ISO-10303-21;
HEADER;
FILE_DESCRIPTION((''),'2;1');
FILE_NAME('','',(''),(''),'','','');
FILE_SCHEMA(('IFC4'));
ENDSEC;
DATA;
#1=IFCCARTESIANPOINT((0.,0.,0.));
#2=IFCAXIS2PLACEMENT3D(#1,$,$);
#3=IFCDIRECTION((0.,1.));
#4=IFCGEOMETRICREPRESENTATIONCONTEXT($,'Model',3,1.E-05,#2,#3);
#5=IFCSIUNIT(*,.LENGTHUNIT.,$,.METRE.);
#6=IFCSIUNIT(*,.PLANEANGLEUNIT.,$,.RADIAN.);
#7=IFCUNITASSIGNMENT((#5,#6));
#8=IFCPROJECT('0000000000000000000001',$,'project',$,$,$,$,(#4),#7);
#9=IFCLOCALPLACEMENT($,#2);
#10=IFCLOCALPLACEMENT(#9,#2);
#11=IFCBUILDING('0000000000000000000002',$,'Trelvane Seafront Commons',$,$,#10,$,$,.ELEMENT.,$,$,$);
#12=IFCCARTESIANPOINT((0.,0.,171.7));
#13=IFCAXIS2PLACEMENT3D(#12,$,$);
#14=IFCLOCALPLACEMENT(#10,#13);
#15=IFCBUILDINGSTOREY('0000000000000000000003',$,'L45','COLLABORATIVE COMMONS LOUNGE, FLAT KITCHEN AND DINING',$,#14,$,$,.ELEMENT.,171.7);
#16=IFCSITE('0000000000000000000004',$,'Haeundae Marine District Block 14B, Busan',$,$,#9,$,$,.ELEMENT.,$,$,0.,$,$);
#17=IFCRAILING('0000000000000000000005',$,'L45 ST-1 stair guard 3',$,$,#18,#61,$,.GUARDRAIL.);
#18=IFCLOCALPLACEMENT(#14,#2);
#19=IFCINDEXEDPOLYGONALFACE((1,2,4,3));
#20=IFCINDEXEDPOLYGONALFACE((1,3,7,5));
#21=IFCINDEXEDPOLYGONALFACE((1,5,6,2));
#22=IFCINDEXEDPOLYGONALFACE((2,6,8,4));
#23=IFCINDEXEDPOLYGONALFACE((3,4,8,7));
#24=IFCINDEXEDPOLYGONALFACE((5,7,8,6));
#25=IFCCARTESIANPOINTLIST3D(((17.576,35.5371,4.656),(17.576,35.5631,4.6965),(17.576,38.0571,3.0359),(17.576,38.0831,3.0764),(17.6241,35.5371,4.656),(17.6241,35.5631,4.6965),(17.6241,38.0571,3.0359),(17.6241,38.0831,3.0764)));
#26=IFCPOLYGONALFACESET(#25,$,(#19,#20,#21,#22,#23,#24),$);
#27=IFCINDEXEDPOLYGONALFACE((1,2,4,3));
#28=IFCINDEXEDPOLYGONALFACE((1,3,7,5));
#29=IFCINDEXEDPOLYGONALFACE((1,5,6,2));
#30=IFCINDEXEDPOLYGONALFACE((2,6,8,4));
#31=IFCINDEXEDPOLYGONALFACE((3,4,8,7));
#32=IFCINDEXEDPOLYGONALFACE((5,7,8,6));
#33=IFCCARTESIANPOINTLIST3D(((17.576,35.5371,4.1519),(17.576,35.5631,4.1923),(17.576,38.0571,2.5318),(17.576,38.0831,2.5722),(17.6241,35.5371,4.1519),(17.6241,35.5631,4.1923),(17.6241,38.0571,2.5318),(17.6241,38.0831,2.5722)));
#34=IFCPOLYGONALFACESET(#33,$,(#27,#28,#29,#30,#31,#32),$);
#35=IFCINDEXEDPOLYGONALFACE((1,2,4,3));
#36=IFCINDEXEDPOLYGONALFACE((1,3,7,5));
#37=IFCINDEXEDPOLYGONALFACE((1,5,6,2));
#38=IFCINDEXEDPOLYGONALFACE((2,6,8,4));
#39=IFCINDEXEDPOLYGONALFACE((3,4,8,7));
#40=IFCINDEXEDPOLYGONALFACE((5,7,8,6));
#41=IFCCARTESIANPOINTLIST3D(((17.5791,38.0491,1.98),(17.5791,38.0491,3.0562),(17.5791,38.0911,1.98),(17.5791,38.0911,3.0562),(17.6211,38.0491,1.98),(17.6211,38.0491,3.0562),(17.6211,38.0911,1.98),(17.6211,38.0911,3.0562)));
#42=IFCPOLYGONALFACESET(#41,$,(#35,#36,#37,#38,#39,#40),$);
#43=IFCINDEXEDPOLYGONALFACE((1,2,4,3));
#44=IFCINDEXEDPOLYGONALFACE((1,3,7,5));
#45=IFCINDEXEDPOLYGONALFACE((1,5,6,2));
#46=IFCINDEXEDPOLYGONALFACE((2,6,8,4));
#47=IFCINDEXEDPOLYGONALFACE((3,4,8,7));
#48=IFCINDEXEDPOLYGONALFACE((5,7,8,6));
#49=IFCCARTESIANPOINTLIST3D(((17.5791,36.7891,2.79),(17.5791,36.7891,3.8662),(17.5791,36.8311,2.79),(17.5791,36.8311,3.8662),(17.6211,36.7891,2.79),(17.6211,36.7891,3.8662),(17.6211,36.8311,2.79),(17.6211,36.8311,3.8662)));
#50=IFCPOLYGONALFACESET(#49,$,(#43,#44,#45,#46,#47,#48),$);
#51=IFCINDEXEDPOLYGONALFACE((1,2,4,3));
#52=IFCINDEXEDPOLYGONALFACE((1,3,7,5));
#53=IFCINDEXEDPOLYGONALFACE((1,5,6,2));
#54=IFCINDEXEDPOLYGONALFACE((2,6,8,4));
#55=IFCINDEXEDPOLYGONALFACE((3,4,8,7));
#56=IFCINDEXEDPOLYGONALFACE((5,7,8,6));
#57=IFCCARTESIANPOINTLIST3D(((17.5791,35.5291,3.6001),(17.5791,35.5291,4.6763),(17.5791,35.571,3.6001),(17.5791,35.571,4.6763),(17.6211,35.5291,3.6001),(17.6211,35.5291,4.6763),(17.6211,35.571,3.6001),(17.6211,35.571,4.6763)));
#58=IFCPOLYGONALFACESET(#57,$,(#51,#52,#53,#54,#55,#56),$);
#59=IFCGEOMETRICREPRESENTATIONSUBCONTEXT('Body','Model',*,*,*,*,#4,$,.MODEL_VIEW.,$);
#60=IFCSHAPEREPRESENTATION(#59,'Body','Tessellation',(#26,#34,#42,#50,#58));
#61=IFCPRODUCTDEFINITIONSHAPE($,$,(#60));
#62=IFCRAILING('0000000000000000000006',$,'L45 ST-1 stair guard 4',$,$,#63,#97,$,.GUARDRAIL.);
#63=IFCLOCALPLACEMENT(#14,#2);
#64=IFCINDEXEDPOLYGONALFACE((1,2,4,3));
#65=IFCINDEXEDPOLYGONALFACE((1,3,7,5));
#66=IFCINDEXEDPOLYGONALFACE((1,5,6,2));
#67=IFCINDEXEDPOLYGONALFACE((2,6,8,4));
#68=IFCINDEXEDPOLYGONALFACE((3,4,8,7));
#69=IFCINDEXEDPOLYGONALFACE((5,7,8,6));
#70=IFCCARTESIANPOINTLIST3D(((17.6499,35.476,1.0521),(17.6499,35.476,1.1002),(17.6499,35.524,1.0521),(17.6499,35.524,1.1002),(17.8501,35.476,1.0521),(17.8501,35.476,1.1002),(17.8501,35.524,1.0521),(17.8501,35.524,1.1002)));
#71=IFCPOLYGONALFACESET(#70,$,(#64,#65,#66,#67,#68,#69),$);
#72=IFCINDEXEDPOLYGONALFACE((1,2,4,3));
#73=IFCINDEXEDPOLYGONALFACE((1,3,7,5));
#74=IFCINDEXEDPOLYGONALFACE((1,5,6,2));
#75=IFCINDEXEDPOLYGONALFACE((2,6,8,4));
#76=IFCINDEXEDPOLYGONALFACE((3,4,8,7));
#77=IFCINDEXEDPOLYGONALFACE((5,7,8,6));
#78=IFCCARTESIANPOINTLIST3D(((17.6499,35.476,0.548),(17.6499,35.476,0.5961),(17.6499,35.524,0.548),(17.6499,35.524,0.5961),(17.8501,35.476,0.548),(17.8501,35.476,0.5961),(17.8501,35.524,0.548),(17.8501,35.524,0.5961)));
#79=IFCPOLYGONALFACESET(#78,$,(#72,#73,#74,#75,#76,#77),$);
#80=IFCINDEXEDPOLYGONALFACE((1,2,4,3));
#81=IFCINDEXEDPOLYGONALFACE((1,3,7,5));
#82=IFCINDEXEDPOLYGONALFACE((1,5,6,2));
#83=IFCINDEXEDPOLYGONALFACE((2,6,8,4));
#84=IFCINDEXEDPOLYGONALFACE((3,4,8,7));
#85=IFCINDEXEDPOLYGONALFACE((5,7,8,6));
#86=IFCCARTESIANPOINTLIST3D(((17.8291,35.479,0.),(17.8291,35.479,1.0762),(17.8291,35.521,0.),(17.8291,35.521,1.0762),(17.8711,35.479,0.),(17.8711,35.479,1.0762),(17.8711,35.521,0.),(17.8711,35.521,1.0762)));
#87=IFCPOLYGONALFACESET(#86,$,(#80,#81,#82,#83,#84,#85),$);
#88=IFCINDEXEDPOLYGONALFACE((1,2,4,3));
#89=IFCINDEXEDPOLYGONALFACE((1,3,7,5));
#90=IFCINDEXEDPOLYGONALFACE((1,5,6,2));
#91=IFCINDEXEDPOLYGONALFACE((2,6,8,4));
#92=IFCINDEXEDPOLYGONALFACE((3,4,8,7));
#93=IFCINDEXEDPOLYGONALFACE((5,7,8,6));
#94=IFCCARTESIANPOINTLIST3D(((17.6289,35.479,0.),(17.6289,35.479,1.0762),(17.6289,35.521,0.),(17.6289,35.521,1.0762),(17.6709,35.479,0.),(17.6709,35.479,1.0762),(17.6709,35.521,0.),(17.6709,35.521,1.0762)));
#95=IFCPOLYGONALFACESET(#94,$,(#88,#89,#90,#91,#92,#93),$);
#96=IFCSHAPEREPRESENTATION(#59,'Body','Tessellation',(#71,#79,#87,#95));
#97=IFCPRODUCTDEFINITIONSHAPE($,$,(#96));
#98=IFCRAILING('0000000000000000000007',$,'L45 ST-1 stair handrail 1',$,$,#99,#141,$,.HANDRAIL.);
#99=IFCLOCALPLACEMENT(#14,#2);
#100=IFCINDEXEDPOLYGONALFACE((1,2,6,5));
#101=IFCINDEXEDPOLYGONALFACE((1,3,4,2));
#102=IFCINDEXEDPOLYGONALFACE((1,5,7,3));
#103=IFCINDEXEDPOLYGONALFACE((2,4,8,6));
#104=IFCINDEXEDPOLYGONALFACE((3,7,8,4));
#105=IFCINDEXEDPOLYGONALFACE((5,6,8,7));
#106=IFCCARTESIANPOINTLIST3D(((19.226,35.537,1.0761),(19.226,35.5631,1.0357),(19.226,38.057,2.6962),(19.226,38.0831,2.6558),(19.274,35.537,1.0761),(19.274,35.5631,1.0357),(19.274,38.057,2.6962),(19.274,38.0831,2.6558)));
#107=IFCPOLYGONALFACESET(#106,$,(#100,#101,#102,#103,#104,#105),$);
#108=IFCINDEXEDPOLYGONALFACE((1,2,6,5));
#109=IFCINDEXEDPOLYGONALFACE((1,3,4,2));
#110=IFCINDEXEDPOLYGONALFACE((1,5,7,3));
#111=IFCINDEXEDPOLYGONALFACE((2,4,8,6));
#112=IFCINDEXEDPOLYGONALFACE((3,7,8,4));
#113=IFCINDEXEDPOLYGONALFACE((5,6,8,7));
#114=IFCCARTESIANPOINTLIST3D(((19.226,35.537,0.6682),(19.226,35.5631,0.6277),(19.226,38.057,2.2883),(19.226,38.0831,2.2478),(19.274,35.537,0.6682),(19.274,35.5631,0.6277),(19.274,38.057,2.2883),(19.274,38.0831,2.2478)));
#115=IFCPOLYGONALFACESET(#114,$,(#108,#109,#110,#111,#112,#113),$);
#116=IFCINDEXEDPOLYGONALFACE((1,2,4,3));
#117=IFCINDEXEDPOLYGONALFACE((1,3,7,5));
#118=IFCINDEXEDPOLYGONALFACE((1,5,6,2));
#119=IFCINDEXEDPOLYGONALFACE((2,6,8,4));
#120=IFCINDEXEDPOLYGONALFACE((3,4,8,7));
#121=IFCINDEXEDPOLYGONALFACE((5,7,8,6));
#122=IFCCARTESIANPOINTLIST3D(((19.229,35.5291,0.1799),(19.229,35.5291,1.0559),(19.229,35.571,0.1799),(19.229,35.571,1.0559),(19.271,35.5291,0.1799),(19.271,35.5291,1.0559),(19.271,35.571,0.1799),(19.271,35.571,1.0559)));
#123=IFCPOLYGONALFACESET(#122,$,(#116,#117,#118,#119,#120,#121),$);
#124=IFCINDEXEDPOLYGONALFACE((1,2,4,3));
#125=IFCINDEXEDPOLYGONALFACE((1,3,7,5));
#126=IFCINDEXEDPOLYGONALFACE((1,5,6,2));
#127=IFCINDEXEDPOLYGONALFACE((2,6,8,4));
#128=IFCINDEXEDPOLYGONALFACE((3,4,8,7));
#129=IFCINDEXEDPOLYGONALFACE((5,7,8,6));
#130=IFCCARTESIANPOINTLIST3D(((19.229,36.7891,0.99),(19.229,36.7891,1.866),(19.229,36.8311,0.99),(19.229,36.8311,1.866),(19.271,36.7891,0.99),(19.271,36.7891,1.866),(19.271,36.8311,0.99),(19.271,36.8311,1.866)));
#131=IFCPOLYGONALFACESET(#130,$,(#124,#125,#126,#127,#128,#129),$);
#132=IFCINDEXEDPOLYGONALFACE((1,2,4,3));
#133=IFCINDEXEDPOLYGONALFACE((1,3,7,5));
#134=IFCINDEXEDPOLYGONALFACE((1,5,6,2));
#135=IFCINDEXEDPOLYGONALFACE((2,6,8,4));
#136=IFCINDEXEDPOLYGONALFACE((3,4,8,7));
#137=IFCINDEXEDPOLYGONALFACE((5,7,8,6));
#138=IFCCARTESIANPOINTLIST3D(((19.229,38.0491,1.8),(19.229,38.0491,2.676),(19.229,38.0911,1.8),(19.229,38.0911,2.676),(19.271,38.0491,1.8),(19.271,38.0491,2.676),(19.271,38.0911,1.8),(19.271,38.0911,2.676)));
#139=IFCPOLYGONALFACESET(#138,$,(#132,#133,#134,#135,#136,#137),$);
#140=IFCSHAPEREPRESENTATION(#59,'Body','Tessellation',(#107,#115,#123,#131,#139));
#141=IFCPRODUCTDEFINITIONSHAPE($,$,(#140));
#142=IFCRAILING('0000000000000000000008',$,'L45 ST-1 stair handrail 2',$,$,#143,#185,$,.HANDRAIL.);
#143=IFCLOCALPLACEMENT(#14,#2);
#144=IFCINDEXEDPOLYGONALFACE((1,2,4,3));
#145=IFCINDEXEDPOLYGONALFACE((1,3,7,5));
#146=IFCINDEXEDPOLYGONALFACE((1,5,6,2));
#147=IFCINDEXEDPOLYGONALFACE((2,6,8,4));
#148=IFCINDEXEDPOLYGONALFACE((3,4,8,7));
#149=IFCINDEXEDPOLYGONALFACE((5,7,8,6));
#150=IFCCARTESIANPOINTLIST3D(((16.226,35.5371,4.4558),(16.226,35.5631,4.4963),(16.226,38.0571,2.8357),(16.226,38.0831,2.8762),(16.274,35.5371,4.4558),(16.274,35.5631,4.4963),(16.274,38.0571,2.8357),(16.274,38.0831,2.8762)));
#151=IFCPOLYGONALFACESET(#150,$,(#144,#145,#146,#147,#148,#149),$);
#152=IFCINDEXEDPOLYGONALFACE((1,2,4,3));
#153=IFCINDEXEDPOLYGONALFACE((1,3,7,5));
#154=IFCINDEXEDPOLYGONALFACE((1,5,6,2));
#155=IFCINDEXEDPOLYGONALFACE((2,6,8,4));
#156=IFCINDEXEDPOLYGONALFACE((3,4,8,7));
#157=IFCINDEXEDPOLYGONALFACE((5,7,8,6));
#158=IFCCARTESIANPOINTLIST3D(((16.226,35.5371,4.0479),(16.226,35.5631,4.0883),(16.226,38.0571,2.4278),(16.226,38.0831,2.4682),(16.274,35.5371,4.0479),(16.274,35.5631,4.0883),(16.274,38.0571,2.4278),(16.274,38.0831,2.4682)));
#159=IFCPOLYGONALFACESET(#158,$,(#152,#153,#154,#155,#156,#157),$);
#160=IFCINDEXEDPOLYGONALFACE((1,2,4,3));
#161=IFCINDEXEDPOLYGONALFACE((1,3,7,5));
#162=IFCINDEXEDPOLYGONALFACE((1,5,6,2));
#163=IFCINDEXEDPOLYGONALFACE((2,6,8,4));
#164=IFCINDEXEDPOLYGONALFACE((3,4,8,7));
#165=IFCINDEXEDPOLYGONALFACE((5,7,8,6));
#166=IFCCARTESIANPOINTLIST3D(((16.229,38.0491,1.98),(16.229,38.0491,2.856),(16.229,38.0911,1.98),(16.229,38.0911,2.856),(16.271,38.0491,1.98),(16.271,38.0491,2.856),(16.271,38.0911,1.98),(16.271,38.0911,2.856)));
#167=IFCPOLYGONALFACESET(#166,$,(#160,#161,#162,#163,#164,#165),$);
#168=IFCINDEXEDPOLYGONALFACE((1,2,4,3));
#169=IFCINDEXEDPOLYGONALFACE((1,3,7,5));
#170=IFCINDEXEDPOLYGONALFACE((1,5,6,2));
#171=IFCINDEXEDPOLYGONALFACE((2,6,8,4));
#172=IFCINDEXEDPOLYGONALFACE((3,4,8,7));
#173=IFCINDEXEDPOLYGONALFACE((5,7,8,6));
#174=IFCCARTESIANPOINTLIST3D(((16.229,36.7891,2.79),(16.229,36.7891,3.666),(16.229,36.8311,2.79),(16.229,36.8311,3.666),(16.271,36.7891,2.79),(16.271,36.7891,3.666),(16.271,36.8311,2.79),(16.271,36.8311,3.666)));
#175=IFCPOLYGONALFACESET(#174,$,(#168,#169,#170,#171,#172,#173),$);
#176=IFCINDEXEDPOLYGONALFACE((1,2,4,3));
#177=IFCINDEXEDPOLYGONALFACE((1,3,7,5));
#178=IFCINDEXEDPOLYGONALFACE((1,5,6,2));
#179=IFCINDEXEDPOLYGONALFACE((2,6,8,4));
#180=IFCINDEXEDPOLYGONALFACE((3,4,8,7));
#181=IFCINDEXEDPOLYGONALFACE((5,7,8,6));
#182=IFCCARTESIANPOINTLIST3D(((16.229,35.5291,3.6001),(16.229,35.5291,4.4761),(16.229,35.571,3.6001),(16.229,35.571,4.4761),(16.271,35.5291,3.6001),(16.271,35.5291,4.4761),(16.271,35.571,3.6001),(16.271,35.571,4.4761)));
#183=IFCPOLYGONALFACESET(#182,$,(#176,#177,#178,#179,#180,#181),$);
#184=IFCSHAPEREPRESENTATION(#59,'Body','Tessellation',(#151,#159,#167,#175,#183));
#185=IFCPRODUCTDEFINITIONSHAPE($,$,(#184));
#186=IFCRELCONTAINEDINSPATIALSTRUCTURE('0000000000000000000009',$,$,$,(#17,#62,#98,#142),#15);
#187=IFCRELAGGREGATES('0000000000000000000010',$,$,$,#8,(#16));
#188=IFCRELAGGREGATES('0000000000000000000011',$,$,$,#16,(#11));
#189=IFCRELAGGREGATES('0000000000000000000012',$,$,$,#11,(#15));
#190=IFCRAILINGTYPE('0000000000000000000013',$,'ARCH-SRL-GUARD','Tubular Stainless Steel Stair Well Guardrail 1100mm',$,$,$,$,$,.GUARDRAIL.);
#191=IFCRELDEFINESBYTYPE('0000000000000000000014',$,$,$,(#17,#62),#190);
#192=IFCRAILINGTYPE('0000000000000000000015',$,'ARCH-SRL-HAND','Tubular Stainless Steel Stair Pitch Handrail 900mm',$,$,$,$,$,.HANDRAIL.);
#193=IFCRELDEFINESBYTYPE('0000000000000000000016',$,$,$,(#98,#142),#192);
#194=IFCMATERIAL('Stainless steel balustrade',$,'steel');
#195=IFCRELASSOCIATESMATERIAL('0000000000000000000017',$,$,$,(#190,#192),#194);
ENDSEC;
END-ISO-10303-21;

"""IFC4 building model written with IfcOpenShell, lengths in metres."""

from ifc_helpers import new_model, si_unit, direction, frame, origin, origin_2d, place, context, subcontext, project, spatial, rectangle, extrude, material, type_object, element, save


model = new_model("IFC4")

# Units and contexts
model_context = context("Model", 3, precision=1e-05, world=origin(), true_north=direction((0.0, 1.0)))
body_context = subcontext(model_context, "Body", "Model", "MODEL_VIEW")
ifc_project = project(units=[si_unit("LENGTHUNIT", "METRE"), si_unit("PLANEANGLEUNIT", "RADIAN")], contexts=[model_context])

# Site, building, storey
site_placement = place(None, origin())
site = spatial("IfcSite", under=ifc_project, at=site_placement, Name="Haeundae Marine District Block 14B, Busan", CompositionType="ELEMENT", RefElevation=0.0)
building_placement = place(site_placement, origin())
building = spatial("IfcBuilding", under=site, at=building_placement, Name="Trelvane Seafront Commons", CompositionType="ELEMENT")
storey_placement = place(building_placement, frame((0.0, 0.0, 171.7)))
storey = spatial("IfcBuildingStorey", under=building, at=storey_placement, Name="L45", Description="COLLABORATIVE COMMONS LOUNGE, FLAT KITCHEN AND DINING", CompositionType="ELEMENT", Elevation=171.7)

# Shared definitions
ifc_material_1 = material(Name="Stainless steel balustrade", Category="steel")

# Railings
railing_type_1 = type_object("IfcRailingType", Name="ARCH-SRL-GUARD", Description="Tubular Stainless Steel Stair Well Guardrail 1100mm", PredefinedType="GUARDRAIL", material=ifc_material_1)
railing_1_placement = place(storey_placement, frame((17.6001, 38.0701, 1.98)))
element("IfcRailing", 1, at=railing_1_placement, inside=storey, type_object=railing_type_1, Name="L45 ST-1 stair guard 3", PredefinedType="GUARDRAIL", context=body_context, shape_type="SweptSolid", body=[
    extrude(rectangle(XDim=0.0481, YDim=0.0481, at=origin_2d()), frame((0.0, 0.0, 1.0762), z_axis=(0.0, -0.841163, 0.540782), x_axis=(1.0, 0.0, 0.0)), (0.0, 0.0, 1.0), 2.9958),
    extrude(rectangle(XDim=0.0481, YDim=0.0481, at=origin_2d()), frame((0.0, 0.0, 0.572), z_axis=(0.0, -0.841163, 0.540782), x_axis=(1.0, 0.0, 0.0)), (0.0, 0.0, 1.0), 2.9958),
    extrude(rectangle(XDim=0.042, YDim=0.042, at=origin_2d()), origin(), (0.0, 0.0, 1.0), 1.0762),
    extrude(rectangle(XDim=0.042, YDim=0.042, at=origin_2d()), frame((0.0, -1.26, 0.8101)), (0.0, 0.0, 1.0), 1.0762),
    extrude(rectangle(XDim=0.042, YDim=0.042, at=origin_2d()), frame((0.0, -2.52, 1.6201)), (0.0, 0.0, 1.0), 1.0762),
])
railing_2_placement = place(storey_placement, frame((17.8501, 35.5, 0.0)))
element("IfcRailing", 2, at=railing_2_placement, inside=storey, type_object=railing_type_1, Name="L45 ST-1 stair guard 4", PredefinedType="GUARDRAIL", context=body_context, shape_type="SweptSolid", body=[
    extrude(rectangle(XDim=0.0481, YDim=0.0481, at=origin_2d()), frame((0.0, 0.0, 1.0762), z_axis=(-1.0, 0.0, 0.0), x_axis=(0.0, -1.0, 0.0)), (0.0, 0.0, 1.0), 0.2002),
    extrude(rectangle(XDim=0.0481, YDim=0.0481, at=origin_2d()), frame((0.0, 0.0, 0.572), z_axis=(-1.0, 0.0, 0.0), x_axis=(0.0, -1.0, 0.0)), (0.0, 0.0, 1.0), 0.2002),
    extrude(rectangle(XDim=0.042, YDim=0.042, at=origin_2d()), origin(), (0.0, 0.0, 1.0), 1.0762),
    extrude(rectangle(XDim=0.042, YDim=0.042, at=origin_2d()), frame((-0.2002, 0.0, 0.0)), (0.0, 0.0, 1.0), 1.0762),
])
railing_type_2 = type_object("IfcRailingType", Name="ARCH-SRL-HAND", Description="Tubular Stainless Steel Stair Pitch Handrail 900mm", PredefinedType="HANDRAIL", material=ifc_material_1)
railing_3_placement = place(storey_placement, frame((19.25, 35.55, 0.1799)))
element("IfcRailing", 3, at=railing_3_placement, inside=storey, type_object=railing_type_2, Name="L45 ST-1 stair handrail 1", PredefinedType="HANDRAIL", context=body_context, shape_type="SweptSolid", body=[
    extrude(rectangle(XDim=0.0481, YDim=0.0481, at=origin_2d()), frame((0.0, 0.0, 0.876), z_axis=(0.0, 0.841163, 0.540782), x_axis=(-1.0, 0.0, 0.0)), (0.0, 0.0, 1.0), 2.9958),
    extrude(rectangle(XDim=0.0481, YDim=0.0481, at=origin_2d()), frame((0.0, 0.0, 0.468), z_axis=(0.0, 0.841163, 0.540782), x_axis=(-1.0, 0.0, 0.0)), (0.0, 0.0, 1.0), 2.9958),
    extrude(rectangle(XDim=0.042, YDim=0.042, at=origin_2d()), origin(), (0.0, 0.0, 1.0), 0.876),
    extrude(rectangle(XDim=0.042, YDim=0.042, at=origin_2d()), frame((0.0, 1.26, 0.8101)), (0.0, 0.0, 1.0), 0.876),
    extrude(rectangle(XDim=0.042, YDim=0.042, at=origin_2d()), frame((0.0, 2.52, 1.6201)), (0.0, 0.0, 1.0), 0.876),
])
railing_4_placement = place(storey_placement, frame((16.25, 38.0701, 1.98)))
element("IfcRailing", 4, at=railing_4_placement, inside=storey, type_object=railing_type_2, Name="L45 ST-1 stair handrail 2", PredefinedType="HANDRAIL", context=body_context, shape_type="SweptSolid", body=[
    extrude(rectangle(XDim=0.0481, YDim=0.0481, at=origin_2d()), frame((0.0, 0.0, 0.876), z_axis=(0.0, -0.841163, 0.540782), x_axis=(1.0, 0.0, 0.0)), (0.0, 0.0, 1.0), 2.9958),
    extrude(rectangle(XDim=0.0481, YDim=0.0481, at=origin_2d()), frame((0.0, 0.0, 0.468), z_axis=(0.0, -0.841163, 0.540782), x_axis=(1.0, 0.0, 0.0)), (0.0, 0.0, 1.0), 2.9958),
    extrude(rectangle(XDim=0.042, YDim=0.042, at=origin_2d()), origin(), (0.0, 0.0, 1.0), 0.876),
    extrude(rectangle(XDim=0.042, YDim=0.042, at=origin_2d()), frame((0.0, -1.26, 0.8101)), (0.0, 0.0, 1.0), 0.876),
    extrude(rectangle(XDim=0.042, YDim=0.042, at=origin_2d()), frame((0.0, -2.52, 1.6201)), (0.0, 0.0, 1.0), 0.876),
])

save(model, "model.ifc")
